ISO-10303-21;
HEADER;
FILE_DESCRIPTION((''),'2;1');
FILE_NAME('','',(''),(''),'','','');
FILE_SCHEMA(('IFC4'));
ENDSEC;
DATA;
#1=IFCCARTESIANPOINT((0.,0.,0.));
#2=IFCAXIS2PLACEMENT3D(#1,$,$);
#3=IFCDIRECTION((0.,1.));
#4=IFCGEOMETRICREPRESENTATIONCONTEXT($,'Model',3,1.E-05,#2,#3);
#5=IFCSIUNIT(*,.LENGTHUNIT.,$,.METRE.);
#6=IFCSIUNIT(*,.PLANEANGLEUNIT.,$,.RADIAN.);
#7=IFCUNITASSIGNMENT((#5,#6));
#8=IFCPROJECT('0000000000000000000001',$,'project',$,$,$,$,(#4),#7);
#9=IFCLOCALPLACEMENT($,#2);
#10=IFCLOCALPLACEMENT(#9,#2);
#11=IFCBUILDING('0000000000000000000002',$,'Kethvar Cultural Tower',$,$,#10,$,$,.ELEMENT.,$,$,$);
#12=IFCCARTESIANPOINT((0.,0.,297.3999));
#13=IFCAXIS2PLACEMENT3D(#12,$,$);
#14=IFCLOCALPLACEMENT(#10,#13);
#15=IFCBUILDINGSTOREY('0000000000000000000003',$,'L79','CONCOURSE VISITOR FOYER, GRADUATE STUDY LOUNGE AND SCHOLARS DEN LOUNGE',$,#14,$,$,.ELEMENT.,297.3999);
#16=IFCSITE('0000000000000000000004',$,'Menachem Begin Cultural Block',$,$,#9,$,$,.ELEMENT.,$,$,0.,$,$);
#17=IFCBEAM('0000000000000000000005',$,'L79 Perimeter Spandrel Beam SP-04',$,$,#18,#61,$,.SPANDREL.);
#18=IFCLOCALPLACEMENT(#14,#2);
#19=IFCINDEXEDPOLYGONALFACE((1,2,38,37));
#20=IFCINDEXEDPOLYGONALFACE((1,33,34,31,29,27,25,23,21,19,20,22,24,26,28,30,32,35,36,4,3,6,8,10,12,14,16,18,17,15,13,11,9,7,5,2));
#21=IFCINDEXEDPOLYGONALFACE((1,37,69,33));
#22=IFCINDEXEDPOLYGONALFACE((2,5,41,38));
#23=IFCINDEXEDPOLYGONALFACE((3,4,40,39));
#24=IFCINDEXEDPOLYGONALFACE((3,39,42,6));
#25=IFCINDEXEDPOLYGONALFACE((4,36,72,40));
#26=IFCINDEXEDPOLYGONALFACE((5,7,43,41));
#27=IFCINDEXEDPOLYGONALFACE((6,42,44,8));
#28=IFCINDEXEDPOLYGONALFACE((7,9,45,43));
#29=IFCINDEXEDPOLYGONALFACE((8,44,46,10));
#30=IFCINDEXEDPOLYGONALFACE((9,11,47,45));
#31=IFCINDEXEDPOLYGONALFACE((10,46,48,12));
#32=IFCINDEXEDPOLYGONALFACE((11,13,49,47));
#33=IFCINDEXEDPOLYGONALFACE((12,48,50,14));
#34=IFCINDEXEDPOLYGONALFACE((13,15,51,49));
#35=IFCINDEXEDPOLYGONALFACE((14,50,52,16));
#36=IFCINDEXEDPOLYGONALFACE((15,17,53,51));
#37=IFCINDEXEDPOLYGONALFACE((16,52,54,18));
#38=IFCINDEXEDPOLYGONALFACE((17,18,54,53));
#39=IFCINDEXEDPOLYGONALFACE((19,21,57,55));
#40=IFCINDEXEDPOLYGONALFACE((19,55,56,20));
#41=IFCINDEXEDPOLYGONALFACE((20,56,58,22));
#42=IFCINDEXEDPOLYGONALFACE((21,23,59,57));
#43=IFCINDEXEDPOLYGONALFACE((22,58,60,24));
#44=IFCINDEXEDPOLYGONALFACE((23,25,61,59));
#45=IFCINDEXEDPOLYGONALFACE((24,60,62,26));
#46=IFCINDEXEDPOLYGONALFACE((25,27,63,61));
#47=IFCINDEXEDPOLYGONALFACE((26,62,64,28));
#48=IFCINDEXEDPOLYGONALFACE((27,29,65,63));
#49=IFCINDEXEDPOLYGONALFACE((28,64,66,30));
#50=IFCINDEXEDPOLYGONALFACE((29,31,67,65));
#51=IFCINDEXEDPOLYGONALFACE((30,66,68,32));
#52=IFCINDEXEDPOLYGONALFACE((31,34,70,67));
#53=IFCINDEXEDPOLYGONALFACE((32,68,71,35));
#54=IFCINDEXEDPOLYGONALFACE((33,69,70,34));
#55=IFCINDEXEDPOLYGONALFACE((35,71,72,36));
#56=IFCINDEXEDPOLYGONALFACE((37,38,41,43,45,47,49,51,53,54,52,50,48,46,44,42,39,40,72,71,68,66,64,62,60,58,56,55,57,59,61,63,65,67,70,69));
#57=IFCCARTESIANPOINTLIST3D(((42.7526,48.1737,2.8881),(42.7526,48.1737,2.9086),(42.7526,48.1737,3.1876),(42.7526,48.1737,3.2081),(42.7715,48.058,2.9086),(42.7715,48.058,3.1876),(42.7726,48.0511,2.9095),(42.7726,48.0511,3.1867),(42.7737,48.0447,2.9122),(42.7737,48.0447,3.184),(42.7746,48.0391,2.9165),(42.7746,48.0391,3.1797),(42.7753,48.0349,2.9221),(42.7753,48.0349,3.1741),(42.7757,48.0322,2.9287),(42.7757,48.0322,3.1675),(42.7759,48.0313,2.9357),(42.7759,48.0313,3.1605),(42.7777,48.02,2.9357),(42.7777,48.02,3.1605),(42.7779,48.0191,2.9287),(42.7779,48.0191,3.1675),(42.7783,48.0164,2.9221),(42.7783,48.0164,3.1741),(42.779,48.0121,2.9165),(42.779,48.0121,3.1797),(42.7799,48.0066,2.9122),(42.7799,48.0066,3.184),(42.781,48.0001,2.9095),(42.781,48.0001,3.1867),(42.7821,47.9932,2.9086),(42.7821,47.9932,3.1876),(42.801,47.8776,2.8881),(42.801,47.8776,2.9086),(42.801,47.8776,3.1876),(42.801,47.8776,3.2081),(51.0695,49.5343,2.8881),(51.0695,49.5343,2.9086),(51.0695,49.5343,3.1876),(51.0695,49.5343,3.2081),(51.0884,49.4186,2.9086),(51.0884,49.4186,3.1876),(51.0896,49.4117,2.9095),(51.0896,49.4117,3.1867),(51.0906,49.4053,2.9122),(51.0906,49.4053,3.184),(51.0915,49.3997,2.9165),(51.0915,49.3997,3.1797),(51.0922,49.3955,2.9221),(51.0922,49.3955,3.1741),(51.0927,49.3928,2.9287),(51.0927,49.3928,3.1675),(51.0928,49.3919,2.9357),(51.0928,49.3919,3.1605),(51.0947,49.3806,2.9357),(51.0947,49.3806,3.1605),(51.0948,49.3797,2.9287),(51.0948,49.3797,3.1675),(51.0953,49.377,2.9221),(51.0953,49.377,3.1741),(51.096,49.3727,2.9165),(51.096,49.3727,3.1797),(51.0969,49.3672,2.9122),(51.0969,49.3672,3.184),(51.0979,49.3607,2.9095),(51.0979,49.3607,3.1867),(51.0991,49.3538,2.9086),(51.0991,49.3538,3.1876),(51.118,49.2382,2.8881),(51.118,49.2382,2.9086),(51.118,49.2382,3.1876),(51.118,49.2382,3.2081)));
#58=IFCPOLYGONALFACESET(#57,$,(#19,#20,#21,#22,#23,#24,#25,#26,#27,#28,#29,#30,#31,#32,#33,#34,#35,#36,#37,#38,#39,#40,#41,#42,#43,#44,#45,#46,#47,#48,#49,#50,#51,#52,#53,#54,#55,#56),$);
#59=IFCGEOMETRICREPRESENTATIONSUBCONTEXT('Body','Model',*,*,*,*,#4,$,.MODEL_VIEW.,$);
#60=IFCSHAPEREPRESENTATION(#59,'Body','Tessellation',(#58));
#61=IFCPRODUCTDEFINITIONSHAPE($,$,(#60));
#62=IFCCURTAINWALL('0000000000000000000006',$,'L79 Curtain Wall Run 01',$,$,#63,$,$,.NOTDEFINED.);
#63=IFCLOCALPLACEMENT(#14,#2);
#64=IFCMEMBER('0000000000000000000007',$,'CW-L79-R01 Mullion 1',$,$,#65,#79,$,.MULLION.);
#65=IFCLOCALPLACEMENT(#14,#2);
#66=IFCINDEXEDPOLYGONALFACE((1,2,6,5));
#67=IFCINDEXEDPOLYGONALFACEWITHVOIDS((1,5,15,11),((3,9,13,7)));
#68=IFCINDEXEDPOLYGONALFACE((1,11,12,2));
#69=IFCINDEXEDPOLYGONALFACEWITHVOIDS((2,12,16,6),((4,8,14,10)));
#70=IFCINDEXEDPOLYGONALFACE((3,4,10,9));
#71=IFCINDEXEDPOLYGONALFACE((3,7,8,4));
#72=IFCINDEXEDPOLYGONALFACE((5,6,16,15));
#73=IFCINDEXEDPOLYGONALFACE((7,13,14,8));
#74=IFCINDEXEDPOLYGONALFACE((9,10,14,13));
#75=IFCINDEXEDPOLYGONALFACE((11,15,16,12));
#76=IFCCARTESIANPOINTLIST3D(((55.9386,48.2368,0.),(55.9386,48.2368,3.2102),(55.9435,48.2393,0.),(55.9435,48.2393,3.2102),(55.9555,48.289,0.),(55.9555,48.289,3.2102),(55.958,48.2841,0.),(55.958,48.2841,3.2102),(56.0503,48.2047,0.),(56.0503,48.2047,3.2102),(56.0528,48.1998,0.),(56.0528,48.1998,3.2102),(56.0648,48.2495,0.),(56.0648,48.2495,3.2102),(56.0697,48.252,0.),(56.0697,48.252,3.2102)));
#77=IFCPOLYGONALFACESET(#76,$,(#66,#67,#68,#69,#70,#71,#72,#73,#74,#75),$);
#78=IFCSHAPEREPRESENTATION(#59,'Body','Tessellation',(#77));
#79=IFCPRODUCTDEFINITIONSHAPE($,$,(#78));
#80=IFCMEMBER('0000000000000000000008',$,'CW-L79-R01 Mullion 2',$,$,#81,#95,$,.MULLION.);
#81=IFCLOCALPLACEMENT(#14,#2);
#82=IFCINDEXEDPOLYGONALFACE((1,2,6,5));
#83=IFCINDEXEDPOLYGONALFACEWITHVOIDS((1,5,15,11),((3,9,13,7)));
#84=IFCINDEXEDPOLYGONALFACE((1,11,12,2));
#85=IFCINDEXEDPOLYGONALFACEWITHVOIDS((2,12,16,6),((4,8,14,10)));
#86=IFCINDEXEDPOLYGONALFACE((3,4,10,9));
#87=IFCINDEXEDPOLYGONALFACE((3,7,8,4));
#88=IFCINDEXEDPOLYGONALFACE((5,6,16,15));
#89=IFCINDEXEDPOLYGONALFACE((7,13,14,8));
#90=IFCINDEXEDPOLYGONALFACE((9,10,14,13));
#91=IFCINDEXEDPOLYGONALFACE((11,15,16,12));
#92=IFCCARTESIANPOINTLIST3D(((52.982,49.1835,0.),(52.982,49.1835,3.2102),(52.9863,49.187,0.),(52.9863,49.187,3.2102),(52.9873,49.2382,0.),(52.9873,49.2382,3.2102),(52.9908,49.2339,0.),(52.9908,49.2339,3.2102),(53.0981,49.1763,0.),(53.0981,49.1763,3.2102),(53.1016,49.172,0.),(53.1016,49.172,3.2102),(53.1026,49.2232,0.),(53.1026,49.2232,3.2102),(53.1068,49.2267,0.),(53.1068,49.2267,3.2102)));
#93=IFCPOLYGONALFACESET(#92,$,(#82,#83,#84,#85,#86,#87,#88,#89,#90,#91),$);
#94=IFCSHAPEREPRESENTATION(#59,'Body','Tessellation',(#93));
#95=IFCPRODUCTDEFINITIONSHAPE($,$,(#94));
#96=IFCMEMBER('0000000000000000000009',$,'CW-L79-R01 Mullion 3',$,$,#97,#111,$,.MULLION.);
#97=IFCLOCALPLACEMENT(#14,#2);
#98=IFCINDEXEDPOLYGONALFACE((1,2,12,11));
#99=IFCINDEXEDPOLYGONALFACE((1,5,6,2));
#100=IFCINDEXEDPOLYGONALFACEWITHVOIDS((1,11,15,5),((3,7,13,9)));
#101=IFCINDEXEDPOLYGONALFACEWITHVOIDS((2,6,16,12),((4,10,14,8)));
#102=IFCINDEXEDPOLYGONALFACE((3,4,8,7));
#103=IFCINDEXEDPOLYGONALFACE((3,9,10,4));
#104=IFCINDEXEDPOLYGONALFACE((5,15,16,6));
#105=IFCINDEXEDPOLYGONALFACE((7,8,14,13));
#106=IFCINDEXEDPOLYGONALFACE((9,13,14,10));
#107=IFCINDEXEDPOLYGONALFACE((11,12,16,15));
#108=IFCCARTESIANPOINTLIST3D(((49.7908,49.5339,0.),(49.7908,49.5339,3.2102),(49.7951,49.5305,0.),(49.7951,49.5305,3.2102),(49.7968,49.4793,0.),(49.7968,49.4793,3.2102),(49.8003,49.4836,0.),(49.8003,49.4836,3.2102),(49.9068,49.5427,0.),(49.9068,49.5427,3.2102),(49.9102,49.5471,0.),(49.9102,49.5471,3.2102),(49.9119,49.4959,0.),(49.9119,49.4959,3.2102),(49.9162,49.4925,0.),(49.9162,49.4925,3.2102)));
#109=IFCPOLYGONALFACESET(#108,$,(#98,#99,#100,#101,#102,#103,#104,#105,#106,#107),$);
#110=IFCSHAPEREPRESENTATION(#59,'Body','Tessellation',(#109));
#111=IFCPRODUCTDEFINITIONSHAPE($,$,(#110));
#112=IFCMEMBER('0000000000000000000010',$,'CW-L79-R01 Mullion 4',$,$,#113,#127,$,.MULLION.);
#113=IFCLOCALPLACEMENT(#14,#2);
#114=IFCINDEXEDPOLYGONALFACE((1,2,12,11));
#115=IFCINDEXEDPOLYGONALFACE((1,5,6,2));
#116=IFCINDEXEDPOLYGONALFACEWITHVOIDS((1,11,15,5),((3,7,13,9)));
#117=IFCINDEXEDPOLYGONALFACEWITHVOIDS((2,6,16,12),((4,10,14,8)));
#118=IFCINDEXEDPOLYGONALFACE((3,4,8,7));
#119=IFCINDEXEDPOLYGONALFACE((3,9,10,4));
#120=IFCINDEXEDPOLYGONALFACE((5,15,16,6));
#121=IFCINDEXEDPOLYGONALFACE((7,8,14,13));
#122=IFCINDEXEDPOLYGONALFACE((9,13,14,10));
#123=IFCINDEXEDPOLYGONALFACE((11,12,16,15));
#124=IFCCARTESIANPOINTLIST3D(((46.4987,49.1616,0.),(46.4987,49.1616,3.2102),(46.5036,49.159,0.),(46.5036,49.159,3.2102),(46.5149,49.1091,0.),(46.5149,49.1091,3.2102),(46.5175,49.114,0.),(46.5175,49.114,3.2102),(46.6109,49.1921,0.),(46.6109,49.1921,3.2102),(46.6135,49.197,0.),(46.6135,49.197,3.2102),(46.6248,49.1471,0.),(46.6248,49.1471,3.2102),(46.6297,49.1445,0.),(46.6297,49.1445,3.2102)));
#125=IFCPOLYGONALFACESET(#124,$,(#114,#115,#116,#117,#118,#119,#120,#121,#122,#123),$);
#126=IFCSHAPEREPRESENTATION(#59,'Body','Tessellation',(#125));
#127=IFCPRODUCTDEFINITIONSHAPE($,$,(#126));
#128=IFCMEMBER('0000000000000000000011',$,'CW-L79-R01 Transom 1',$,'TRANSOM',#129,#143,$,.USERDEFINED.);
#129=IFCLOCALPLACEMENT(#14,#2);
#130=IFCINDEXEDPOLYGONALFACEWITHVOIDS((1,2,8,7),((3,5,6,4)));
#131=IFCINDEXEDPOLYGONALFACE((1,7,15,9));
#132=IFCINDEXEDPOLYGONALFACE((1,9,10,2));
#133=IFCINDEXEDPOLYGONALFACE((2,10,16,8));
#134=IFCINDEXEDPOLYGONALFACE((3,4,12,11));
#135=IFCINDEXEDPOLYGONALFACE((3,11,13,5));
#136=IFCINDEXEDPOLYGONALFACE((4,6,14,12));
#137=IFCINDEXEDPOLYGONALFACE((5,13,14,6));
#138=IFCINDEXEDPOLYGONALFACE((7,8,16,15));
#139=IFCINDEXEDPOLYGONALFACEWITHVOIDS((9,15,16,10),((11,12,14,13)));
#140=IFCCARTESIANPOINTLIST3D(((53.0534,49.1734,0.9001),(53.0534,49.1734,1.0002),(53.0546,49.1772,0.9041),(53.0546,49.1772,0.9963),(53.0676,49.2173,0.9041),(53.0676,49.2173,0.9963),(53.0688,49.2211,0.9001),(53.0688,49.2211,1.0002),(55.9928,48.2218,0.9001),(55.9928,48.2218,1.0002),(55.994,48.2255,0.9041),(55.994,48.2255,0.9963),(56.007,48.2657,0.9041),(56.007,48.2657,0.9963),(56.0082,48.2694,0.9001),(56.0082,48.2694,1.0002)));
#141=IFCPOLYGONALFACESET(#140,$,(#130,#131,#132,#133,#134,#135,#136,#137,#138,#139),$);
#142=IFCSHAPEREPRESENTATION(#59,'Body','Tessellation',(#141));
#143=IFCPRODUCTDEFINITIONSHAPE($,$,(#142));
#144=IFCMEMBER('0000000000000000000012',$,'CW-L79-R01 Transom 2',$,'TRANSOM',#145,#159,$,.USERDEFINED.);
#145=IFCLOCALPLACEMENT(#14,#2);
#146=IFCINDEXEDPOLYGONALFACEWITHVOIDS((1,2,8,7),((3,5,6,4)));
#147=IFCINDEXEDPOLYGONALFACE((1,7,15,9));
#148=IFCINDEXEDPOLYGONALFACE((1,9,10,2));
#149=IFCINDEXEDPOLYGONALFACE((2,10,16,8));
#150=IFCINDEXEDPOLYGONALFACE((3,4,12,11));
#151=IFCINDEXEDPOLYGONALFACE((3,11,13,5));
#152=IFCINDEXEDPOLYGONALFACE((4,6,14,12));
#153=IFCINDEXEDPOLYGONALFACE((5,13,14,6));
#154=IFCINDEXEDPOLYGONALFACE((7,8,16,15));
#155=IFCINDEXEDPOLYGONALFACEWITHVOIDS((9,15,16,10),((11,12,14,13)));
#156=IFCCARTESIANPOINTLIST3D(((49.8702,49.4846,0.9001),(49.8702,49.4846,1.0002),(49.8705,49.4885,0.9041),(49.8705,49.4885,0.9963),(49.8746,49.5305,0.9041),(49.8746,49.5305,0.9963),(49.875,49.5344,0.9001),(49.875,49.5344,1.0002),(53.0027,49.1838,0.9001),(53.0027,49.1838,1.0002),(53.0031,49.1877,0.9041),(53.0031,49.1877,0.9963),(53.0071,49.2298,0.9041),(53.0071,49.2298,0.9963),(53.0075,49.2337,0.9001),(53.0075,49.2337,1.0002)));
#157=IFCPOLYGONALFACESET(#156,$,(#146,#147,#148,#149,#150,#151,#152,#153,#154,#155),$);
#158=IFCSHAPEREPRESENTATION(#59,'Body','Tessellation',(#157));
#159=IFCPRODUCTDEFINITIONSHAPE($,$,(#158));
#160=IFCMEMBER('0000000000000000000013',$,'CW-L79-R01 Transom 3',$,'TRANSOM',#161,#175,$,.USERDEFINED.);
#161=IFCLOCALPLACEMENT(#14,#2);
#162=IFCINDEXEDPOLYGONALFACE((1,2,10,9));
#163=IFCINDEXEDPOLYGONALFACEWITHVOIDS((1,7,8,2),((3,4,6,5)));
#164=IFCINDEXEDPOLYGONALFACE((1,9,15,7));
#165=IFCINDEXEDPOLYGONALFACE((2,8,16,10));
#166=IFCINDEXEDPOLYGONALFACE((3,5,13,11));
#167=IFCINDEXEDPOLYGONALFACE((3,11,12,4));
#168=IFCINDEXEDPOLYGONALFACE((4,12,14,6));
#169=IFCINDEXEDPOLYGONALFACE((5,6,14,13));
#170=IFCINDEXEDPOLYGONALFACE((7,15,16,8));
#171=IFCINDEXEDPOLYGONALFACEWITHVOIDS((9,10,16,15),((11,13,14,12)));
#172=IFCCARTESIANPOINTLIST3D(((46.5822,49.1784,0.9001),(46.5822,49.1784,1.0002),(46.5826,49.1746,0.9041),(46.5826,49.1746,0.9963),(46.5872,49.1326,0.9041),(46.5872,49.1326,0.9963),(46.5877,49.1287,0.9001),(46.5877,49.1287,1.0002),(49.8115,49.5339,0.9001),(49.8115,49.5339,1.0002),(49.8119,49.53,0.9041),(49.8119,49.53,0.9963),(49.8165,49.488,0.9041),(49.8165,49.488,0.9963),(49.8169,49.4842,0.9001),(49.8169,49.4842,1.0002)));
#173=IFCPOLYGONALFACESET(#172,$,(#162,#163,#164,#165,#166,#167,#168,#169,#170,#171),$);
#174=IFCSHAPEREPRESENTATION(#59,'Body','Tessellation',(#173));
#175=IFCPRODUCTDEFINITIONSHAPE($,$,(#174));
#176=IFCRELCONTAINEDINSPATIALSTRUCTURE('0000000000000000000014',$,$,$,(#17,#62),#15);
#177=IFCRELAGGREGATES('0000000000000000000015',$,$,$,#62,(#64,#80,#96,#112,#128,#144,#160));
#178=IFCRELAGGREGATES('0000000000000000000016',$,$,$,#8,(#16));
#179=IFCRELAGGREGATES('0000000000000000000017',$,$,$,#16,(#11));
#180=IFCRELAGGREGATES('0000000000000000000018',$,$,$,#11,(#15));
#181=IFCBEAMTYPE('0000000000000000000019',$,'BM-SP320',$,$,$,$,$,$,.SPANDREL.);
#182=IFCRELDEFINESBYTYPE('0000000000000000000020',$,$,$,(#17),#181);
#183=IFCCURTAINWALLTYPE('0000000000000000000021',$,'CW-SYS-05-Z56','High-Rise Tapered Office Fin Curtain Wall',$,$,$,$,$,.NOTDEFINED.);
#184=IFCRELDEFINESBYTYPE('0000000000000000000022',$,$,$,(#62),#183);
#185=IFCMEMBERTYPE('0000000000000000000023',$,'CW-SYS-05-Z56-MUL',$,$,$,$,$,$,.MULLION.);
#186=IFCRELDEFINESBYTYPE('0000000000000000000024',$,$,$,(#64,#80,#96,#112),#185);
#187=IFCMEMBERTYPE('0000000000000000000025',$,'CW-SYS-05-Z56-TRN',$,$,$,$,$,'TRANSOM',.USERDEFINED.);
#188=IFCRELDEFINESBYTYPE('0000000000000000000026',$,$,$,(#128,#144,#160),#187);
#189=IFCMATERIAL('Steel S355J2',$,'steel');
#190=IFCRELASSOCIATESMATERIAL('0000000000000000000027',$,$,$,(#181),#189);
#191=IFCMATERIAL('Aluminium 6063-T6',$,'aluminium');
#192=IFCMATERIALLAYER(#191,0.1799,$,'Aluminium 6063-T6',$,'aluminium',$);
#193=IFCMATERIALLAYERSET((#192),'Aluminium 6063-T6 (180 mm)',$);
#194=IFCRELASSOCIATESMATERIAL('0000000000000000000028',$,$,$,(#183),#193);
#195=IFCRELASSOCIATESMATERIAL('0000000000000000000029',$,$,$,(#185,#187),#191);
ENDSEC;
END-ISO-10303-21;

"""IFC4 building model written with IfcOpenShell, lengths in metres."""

from ifc_helpers import new_model, si_unit, direction, frame, origin, origin_2d, place, context, subcontext, project, spatial, hollow_rectangle, i_section, extrude, source, transform, mapped, material, layer, layer_set, material_profile, profile_set, type_object, element, aggregate, save


model = new_model("IFC4")

# Units and contexts
model_context = context("Model", 3, precision=1e-05, world=origin(), true_north=direction((0.0, 1.0)))
body_context = subcontext(model_context, "Body", "Model", "MODEL_VIEW")
ifc_project = project(units=[si_unit("LENGTHUNIT", "METRE"), si_unit("PLANEANGLEUNIT", "RADIAN")], contexts=[model_context])

# Site, building, storey
site_placement = place(None, origin())
site = spatial("IfcSite", under=ifc_project, at=site_placement, Name="Menachem Begin Cultural Block", CompositionType="ELEMENT", RefElevation=0.0)
building_placement = place(site_placement, origin())
building = spatial("IfcBuilding", under=site, at=building_placement, Name="Kethvar Cultural Tower", CompositionType="ELEMENT")
storey_placement = place(building_placement, frame((0.0, 0.0, 297.3999)))
storey = spatial("IfcBuildingStorey", under=building, at=storey_placement, Name="L79", Description="CONCOURSE VISITOR FOYER, GRADUATE STUDY LOUNGE AND SCHOLARS DEN LOUNGE", CompositionType="ELEMENT", Elevation=297.3999)

# Shared definitions
ifc_material_1 = material(Name="Steel S355J2", Category="steel")

# Beam
ifc_material_profile_1 = material_profile(ifc_material_1, i_section(OverallWidth=0.3, OverallDepth=0.3201, WebThickness=0.0115, FlangeThickness=0.0205, FilletRadius=0.0271, at=origin_2d()), Name="Steel S355J2 — HEB320")
ifc_profile_set_1 = profile_set([ifc_material_profile_1], Name="Steel S355J2 — HEB320")
beam_type_1 = type_object("IfcBeamType", Name="BM-SP320", PredefinedType="SPANDREL", material=ifc_profile_set_1)
shared_shape_1 = source(origin(), body_context, "Body", "SweptSolid", [
    extrude(i_section(OverallWidth=0.3, OverallDepth=0.3201, WebThickness=0.0115, FlangeThickness=0.0205, FilletRadius=0.0271, at=origin_2d()), origin(), (0.0, 0.0, 1.0), 8.4275),
])
beam_1_placement = place(storey_placement, frame((51.0938, 49.3862, 3.0481), z_axis=(-0.986881, -0.161448, 0.0), x_axis=(0.161448, -0.986881, 0.0)))
element("IfcBeam", 1, at=beam_1_placement, inside=storey, type_object=beam_type_1, Name="L79 Perimeter Spandrel Beam SP-04", PredefinedType="SPANDREL", context=body_context, shape_type="MappedRepresentation", body=[
    mapped(shared_shape_1, transform((0.0, 0.0, 0.0), scale=1.0)),
])

# Curtain wall, members
ifc_material_2 = material(Name="Aluminium 6063-T6", Category="aluminium")
ifc_layer_1 = layer(ifc_material_2, 0.1799, Name="Aluminium 6063-T6", Category="aluminium")
ifc_layer_set_1 = layer_set([ifc_layer_1], Name="Aluminium 6063-T6 (180 mm)")
curtain_wall_type = type_object("IfcCurtainWallType", Name="CW-SYS-05-Z56", Description="High-Rise Tapered Office Fin Curtain Wall", PredefinedType="NOTDEFINED", material=ifc_layer_set_1)
curtain_wall_1_placement = place(storey_placement, origin())
curtain_wall_1 = element("IfcCurtainWall", 2, at=curtain_wall_1_placement, inside=storey, type_object=curtain_wall_type, Name="L79 Curtain Wall Run 01", PredefinedType="NOTDEFINED")
ifc_material_profile_2 = material_profile(ifc_material_2, hollow_rectangle(XDim=0.0549, YDim=0.1201, WallThickness=0.0039, at=origin_2d()), Name="Aluminium 6063-T6 — RHS120x55x4")
ifc_profile_set_2 = profile_set([ifc_material_profile_2], Name="Aluminium 6063-T6 — RHS120x55x4")
member_type_1 = type_object("IfcMemberType", Name="CW-SYS-05-Z56-MUL", PredefinedType="MULLION", material=ifc_profile_set_2)
shared_shape_2 = source(origin(), body_context, "Body", "SweptSolid", [
    extrude(hollow_rectangle(XDim=0.0549, YDim=0.1201, WallThickness=0.0039, at=origin_2d()), origin(), (0.0, 0.0, 1.0), 3.2102),
])
member_1_placement = place(storey_placement, frame((56.0042, 48.2444, 0.0), z_axis=(0.0, 0.0, 1.0), x_axis=(-0.307988, -0.95139, 0.0)))
member_1 = element("IfcMember", 3, at=member_1_placement, type_object=member_type_1, Name="CW-L79-R01 Mullion 1", PredefinedType="MULLION", context=body_context, shape_type="MappedRepresentation", body=[
    mapped(shared_shape_2, transform((0.0, 0.0, 0.0), scale=1.0)),
])
member_2_placement = place(storey_placement, frame((53.0444, 49.2051, 0.0), z_axis=(0.0, 0.0, 1.0), x_axis=(-0.095533, -0.995426, 0.0)))
member_2 = element("IfcMember", 4, at=member_2_placement, type_object=member_type_1, Name="CW-L79-R01 Mullion 2", PredefinedType="MULLION", context=body_context, shape_type="MappedRepresentation", body=[
    mapped(shared_shape_2, transform((0.0, 0.0, 0.0), scale=1.0)),
])
member_3_placement = place(storey_placement, frame((49.8535, 49.5132, 0.0), z_axis=(0.0, 0.0, 1.0), x_axis=(0.10937, -0.994001, 0.0)))
member_3 = element("IfcMember", 5, at=member_3_placement, type_object=member_type_1, Name="CW-L79-R01 Mullion 3", PredefinedType="MULLION", context=body_context, shape_type="MappedRepresentation", body=[
    mapped(shared_shape_2, transform((0.0, 0.0, 0.0), scale=1.0)),
])
member_4_placement = place(storey_placement, frame((46.5642, 49.1531, 0.0), z_axis=(0.0, 0.0, 1.0), x_axis=(0.294574, -0.955629, 0.0)))
member_4 = element("IfcMember", 6, at=member_4_placement, type_object=member_type_1, Name="CW-L79-R01 Mullion 4", PredefinedType="MULLION", context=body_context, shape_type="MappedRepresentation", body=[
    mapped(shared_shape_2, transform((0.0, 0.0, 0.0), scale=1.0)),
])
ifc_material_profile_3 = material_profile(ifc_material_2, hollow_rectangle(XDim=0.05, YDim=0.1001, WallThickness=0.0039, at=origin_2d()), Name="Aluminium 6063-T6 — RHS100x50x4")
ifc_profile_set_3 = profile_set([ifc_material_profile_3], Name="Aluminium 6063-T6 — RHS100x50x4")
member_type_2 = type_object("IfcMemberType", Name="CW-SYS-05-Z56-TRN", ElementType="TRANSOM", PredefinedType="USERDEFINED", material=ifc_profile_set_3)
shared_shape_3 = source(origin(), body_context, "Body", "SweptSolid", [
    extrude(hollow_rectangle(XDim=0.05, YDim=0.1001, WallThickness=0.0039, at=origin_2d()), origin(), (0.0, 0.0, 1.0), 3.0896),
])
member_5_placement = place(storey_placement, frame((56.0005, 48.2456, 0.9502), z_axis=(-0.951382, 0.308014, 0.0), x_axis=(-0.308014, -0.951382, 0.0)))
member_5 = element("IfcMember", 7, at=member_5_placement, type_object=member_type_2, Name="CW-L79-R01 Transom 1", ObjectType="TRANSOM", PredefinedType="USERDEFINED", context=body_context, shape_type="MappedRepresentation", body=[
    mapped(shared_shape_3, transform((0.0, 0.0, 0.0), scale=1.0)),
])
shared_shape_4 = source(origin(), body_context, "Body", "SweptSolid", [
    extrude(hollow_rectangle(XDim=0.05, YDim=0.1001, WallThickness=0.0039, at=origin_2d()), origin(), (0.0, 0.0, 1.0), 3.147),
])
member_6_placement = place(storey_placement, frame((53.0051, 49.2087, 0.9502), z_axis=(-0.995422, 0.095578, 0.0), x_axis=(-0.095578, -0.995422, 0.0)))
member_6 = element("IfcMember", 8, at=member_6_placement, type_object=member_type_2, Name="CW-L79-R01 Transom 2", ObjectType="TRANSOM", PredefinedType="USERDEFINED", context=body_context, shape_type="MappedRepresentation", body=[
    mapped(shared_shape_4, transform((0.0, 0.0, 0.0), scale=1.0)),
])
shared_shape_5 = source(origin(), body_context, "Body", "SweptSolid", [
    extrude(hollow_rectangle(XDim=0.05, YDim=0.1001, WallThickness=0.0039, at=origin_2d()), origin(), (0.0, 0.0, 1.0), 3.2488),
])
member_7_placement = place(storey_placement, frame((49.8142, 49.509, 0.9502), z_axis=(-0.993996, -0.109417, 0.0), x_axis=(0.109417, -0.993996, 0.0)))
member_7 = element("IfcMember", 9, at=member_7_placement, type_object=member_type_2, Name="CW-L79-R01 Transom 3", ObjectType="TRANSOM", PredefinedType="USERDEFINED", context=body_context, shape_type="MappedRepresentation", body=[
    mapped(shared_shape_5, transform((0.0, 0.0, 0.0), scale=1.0)),
])

aggregate(curtain_wall_1, [member_1, member_2, member_3, member_4, member_5, member_6, member_7])

save(model, "model.ifc")
